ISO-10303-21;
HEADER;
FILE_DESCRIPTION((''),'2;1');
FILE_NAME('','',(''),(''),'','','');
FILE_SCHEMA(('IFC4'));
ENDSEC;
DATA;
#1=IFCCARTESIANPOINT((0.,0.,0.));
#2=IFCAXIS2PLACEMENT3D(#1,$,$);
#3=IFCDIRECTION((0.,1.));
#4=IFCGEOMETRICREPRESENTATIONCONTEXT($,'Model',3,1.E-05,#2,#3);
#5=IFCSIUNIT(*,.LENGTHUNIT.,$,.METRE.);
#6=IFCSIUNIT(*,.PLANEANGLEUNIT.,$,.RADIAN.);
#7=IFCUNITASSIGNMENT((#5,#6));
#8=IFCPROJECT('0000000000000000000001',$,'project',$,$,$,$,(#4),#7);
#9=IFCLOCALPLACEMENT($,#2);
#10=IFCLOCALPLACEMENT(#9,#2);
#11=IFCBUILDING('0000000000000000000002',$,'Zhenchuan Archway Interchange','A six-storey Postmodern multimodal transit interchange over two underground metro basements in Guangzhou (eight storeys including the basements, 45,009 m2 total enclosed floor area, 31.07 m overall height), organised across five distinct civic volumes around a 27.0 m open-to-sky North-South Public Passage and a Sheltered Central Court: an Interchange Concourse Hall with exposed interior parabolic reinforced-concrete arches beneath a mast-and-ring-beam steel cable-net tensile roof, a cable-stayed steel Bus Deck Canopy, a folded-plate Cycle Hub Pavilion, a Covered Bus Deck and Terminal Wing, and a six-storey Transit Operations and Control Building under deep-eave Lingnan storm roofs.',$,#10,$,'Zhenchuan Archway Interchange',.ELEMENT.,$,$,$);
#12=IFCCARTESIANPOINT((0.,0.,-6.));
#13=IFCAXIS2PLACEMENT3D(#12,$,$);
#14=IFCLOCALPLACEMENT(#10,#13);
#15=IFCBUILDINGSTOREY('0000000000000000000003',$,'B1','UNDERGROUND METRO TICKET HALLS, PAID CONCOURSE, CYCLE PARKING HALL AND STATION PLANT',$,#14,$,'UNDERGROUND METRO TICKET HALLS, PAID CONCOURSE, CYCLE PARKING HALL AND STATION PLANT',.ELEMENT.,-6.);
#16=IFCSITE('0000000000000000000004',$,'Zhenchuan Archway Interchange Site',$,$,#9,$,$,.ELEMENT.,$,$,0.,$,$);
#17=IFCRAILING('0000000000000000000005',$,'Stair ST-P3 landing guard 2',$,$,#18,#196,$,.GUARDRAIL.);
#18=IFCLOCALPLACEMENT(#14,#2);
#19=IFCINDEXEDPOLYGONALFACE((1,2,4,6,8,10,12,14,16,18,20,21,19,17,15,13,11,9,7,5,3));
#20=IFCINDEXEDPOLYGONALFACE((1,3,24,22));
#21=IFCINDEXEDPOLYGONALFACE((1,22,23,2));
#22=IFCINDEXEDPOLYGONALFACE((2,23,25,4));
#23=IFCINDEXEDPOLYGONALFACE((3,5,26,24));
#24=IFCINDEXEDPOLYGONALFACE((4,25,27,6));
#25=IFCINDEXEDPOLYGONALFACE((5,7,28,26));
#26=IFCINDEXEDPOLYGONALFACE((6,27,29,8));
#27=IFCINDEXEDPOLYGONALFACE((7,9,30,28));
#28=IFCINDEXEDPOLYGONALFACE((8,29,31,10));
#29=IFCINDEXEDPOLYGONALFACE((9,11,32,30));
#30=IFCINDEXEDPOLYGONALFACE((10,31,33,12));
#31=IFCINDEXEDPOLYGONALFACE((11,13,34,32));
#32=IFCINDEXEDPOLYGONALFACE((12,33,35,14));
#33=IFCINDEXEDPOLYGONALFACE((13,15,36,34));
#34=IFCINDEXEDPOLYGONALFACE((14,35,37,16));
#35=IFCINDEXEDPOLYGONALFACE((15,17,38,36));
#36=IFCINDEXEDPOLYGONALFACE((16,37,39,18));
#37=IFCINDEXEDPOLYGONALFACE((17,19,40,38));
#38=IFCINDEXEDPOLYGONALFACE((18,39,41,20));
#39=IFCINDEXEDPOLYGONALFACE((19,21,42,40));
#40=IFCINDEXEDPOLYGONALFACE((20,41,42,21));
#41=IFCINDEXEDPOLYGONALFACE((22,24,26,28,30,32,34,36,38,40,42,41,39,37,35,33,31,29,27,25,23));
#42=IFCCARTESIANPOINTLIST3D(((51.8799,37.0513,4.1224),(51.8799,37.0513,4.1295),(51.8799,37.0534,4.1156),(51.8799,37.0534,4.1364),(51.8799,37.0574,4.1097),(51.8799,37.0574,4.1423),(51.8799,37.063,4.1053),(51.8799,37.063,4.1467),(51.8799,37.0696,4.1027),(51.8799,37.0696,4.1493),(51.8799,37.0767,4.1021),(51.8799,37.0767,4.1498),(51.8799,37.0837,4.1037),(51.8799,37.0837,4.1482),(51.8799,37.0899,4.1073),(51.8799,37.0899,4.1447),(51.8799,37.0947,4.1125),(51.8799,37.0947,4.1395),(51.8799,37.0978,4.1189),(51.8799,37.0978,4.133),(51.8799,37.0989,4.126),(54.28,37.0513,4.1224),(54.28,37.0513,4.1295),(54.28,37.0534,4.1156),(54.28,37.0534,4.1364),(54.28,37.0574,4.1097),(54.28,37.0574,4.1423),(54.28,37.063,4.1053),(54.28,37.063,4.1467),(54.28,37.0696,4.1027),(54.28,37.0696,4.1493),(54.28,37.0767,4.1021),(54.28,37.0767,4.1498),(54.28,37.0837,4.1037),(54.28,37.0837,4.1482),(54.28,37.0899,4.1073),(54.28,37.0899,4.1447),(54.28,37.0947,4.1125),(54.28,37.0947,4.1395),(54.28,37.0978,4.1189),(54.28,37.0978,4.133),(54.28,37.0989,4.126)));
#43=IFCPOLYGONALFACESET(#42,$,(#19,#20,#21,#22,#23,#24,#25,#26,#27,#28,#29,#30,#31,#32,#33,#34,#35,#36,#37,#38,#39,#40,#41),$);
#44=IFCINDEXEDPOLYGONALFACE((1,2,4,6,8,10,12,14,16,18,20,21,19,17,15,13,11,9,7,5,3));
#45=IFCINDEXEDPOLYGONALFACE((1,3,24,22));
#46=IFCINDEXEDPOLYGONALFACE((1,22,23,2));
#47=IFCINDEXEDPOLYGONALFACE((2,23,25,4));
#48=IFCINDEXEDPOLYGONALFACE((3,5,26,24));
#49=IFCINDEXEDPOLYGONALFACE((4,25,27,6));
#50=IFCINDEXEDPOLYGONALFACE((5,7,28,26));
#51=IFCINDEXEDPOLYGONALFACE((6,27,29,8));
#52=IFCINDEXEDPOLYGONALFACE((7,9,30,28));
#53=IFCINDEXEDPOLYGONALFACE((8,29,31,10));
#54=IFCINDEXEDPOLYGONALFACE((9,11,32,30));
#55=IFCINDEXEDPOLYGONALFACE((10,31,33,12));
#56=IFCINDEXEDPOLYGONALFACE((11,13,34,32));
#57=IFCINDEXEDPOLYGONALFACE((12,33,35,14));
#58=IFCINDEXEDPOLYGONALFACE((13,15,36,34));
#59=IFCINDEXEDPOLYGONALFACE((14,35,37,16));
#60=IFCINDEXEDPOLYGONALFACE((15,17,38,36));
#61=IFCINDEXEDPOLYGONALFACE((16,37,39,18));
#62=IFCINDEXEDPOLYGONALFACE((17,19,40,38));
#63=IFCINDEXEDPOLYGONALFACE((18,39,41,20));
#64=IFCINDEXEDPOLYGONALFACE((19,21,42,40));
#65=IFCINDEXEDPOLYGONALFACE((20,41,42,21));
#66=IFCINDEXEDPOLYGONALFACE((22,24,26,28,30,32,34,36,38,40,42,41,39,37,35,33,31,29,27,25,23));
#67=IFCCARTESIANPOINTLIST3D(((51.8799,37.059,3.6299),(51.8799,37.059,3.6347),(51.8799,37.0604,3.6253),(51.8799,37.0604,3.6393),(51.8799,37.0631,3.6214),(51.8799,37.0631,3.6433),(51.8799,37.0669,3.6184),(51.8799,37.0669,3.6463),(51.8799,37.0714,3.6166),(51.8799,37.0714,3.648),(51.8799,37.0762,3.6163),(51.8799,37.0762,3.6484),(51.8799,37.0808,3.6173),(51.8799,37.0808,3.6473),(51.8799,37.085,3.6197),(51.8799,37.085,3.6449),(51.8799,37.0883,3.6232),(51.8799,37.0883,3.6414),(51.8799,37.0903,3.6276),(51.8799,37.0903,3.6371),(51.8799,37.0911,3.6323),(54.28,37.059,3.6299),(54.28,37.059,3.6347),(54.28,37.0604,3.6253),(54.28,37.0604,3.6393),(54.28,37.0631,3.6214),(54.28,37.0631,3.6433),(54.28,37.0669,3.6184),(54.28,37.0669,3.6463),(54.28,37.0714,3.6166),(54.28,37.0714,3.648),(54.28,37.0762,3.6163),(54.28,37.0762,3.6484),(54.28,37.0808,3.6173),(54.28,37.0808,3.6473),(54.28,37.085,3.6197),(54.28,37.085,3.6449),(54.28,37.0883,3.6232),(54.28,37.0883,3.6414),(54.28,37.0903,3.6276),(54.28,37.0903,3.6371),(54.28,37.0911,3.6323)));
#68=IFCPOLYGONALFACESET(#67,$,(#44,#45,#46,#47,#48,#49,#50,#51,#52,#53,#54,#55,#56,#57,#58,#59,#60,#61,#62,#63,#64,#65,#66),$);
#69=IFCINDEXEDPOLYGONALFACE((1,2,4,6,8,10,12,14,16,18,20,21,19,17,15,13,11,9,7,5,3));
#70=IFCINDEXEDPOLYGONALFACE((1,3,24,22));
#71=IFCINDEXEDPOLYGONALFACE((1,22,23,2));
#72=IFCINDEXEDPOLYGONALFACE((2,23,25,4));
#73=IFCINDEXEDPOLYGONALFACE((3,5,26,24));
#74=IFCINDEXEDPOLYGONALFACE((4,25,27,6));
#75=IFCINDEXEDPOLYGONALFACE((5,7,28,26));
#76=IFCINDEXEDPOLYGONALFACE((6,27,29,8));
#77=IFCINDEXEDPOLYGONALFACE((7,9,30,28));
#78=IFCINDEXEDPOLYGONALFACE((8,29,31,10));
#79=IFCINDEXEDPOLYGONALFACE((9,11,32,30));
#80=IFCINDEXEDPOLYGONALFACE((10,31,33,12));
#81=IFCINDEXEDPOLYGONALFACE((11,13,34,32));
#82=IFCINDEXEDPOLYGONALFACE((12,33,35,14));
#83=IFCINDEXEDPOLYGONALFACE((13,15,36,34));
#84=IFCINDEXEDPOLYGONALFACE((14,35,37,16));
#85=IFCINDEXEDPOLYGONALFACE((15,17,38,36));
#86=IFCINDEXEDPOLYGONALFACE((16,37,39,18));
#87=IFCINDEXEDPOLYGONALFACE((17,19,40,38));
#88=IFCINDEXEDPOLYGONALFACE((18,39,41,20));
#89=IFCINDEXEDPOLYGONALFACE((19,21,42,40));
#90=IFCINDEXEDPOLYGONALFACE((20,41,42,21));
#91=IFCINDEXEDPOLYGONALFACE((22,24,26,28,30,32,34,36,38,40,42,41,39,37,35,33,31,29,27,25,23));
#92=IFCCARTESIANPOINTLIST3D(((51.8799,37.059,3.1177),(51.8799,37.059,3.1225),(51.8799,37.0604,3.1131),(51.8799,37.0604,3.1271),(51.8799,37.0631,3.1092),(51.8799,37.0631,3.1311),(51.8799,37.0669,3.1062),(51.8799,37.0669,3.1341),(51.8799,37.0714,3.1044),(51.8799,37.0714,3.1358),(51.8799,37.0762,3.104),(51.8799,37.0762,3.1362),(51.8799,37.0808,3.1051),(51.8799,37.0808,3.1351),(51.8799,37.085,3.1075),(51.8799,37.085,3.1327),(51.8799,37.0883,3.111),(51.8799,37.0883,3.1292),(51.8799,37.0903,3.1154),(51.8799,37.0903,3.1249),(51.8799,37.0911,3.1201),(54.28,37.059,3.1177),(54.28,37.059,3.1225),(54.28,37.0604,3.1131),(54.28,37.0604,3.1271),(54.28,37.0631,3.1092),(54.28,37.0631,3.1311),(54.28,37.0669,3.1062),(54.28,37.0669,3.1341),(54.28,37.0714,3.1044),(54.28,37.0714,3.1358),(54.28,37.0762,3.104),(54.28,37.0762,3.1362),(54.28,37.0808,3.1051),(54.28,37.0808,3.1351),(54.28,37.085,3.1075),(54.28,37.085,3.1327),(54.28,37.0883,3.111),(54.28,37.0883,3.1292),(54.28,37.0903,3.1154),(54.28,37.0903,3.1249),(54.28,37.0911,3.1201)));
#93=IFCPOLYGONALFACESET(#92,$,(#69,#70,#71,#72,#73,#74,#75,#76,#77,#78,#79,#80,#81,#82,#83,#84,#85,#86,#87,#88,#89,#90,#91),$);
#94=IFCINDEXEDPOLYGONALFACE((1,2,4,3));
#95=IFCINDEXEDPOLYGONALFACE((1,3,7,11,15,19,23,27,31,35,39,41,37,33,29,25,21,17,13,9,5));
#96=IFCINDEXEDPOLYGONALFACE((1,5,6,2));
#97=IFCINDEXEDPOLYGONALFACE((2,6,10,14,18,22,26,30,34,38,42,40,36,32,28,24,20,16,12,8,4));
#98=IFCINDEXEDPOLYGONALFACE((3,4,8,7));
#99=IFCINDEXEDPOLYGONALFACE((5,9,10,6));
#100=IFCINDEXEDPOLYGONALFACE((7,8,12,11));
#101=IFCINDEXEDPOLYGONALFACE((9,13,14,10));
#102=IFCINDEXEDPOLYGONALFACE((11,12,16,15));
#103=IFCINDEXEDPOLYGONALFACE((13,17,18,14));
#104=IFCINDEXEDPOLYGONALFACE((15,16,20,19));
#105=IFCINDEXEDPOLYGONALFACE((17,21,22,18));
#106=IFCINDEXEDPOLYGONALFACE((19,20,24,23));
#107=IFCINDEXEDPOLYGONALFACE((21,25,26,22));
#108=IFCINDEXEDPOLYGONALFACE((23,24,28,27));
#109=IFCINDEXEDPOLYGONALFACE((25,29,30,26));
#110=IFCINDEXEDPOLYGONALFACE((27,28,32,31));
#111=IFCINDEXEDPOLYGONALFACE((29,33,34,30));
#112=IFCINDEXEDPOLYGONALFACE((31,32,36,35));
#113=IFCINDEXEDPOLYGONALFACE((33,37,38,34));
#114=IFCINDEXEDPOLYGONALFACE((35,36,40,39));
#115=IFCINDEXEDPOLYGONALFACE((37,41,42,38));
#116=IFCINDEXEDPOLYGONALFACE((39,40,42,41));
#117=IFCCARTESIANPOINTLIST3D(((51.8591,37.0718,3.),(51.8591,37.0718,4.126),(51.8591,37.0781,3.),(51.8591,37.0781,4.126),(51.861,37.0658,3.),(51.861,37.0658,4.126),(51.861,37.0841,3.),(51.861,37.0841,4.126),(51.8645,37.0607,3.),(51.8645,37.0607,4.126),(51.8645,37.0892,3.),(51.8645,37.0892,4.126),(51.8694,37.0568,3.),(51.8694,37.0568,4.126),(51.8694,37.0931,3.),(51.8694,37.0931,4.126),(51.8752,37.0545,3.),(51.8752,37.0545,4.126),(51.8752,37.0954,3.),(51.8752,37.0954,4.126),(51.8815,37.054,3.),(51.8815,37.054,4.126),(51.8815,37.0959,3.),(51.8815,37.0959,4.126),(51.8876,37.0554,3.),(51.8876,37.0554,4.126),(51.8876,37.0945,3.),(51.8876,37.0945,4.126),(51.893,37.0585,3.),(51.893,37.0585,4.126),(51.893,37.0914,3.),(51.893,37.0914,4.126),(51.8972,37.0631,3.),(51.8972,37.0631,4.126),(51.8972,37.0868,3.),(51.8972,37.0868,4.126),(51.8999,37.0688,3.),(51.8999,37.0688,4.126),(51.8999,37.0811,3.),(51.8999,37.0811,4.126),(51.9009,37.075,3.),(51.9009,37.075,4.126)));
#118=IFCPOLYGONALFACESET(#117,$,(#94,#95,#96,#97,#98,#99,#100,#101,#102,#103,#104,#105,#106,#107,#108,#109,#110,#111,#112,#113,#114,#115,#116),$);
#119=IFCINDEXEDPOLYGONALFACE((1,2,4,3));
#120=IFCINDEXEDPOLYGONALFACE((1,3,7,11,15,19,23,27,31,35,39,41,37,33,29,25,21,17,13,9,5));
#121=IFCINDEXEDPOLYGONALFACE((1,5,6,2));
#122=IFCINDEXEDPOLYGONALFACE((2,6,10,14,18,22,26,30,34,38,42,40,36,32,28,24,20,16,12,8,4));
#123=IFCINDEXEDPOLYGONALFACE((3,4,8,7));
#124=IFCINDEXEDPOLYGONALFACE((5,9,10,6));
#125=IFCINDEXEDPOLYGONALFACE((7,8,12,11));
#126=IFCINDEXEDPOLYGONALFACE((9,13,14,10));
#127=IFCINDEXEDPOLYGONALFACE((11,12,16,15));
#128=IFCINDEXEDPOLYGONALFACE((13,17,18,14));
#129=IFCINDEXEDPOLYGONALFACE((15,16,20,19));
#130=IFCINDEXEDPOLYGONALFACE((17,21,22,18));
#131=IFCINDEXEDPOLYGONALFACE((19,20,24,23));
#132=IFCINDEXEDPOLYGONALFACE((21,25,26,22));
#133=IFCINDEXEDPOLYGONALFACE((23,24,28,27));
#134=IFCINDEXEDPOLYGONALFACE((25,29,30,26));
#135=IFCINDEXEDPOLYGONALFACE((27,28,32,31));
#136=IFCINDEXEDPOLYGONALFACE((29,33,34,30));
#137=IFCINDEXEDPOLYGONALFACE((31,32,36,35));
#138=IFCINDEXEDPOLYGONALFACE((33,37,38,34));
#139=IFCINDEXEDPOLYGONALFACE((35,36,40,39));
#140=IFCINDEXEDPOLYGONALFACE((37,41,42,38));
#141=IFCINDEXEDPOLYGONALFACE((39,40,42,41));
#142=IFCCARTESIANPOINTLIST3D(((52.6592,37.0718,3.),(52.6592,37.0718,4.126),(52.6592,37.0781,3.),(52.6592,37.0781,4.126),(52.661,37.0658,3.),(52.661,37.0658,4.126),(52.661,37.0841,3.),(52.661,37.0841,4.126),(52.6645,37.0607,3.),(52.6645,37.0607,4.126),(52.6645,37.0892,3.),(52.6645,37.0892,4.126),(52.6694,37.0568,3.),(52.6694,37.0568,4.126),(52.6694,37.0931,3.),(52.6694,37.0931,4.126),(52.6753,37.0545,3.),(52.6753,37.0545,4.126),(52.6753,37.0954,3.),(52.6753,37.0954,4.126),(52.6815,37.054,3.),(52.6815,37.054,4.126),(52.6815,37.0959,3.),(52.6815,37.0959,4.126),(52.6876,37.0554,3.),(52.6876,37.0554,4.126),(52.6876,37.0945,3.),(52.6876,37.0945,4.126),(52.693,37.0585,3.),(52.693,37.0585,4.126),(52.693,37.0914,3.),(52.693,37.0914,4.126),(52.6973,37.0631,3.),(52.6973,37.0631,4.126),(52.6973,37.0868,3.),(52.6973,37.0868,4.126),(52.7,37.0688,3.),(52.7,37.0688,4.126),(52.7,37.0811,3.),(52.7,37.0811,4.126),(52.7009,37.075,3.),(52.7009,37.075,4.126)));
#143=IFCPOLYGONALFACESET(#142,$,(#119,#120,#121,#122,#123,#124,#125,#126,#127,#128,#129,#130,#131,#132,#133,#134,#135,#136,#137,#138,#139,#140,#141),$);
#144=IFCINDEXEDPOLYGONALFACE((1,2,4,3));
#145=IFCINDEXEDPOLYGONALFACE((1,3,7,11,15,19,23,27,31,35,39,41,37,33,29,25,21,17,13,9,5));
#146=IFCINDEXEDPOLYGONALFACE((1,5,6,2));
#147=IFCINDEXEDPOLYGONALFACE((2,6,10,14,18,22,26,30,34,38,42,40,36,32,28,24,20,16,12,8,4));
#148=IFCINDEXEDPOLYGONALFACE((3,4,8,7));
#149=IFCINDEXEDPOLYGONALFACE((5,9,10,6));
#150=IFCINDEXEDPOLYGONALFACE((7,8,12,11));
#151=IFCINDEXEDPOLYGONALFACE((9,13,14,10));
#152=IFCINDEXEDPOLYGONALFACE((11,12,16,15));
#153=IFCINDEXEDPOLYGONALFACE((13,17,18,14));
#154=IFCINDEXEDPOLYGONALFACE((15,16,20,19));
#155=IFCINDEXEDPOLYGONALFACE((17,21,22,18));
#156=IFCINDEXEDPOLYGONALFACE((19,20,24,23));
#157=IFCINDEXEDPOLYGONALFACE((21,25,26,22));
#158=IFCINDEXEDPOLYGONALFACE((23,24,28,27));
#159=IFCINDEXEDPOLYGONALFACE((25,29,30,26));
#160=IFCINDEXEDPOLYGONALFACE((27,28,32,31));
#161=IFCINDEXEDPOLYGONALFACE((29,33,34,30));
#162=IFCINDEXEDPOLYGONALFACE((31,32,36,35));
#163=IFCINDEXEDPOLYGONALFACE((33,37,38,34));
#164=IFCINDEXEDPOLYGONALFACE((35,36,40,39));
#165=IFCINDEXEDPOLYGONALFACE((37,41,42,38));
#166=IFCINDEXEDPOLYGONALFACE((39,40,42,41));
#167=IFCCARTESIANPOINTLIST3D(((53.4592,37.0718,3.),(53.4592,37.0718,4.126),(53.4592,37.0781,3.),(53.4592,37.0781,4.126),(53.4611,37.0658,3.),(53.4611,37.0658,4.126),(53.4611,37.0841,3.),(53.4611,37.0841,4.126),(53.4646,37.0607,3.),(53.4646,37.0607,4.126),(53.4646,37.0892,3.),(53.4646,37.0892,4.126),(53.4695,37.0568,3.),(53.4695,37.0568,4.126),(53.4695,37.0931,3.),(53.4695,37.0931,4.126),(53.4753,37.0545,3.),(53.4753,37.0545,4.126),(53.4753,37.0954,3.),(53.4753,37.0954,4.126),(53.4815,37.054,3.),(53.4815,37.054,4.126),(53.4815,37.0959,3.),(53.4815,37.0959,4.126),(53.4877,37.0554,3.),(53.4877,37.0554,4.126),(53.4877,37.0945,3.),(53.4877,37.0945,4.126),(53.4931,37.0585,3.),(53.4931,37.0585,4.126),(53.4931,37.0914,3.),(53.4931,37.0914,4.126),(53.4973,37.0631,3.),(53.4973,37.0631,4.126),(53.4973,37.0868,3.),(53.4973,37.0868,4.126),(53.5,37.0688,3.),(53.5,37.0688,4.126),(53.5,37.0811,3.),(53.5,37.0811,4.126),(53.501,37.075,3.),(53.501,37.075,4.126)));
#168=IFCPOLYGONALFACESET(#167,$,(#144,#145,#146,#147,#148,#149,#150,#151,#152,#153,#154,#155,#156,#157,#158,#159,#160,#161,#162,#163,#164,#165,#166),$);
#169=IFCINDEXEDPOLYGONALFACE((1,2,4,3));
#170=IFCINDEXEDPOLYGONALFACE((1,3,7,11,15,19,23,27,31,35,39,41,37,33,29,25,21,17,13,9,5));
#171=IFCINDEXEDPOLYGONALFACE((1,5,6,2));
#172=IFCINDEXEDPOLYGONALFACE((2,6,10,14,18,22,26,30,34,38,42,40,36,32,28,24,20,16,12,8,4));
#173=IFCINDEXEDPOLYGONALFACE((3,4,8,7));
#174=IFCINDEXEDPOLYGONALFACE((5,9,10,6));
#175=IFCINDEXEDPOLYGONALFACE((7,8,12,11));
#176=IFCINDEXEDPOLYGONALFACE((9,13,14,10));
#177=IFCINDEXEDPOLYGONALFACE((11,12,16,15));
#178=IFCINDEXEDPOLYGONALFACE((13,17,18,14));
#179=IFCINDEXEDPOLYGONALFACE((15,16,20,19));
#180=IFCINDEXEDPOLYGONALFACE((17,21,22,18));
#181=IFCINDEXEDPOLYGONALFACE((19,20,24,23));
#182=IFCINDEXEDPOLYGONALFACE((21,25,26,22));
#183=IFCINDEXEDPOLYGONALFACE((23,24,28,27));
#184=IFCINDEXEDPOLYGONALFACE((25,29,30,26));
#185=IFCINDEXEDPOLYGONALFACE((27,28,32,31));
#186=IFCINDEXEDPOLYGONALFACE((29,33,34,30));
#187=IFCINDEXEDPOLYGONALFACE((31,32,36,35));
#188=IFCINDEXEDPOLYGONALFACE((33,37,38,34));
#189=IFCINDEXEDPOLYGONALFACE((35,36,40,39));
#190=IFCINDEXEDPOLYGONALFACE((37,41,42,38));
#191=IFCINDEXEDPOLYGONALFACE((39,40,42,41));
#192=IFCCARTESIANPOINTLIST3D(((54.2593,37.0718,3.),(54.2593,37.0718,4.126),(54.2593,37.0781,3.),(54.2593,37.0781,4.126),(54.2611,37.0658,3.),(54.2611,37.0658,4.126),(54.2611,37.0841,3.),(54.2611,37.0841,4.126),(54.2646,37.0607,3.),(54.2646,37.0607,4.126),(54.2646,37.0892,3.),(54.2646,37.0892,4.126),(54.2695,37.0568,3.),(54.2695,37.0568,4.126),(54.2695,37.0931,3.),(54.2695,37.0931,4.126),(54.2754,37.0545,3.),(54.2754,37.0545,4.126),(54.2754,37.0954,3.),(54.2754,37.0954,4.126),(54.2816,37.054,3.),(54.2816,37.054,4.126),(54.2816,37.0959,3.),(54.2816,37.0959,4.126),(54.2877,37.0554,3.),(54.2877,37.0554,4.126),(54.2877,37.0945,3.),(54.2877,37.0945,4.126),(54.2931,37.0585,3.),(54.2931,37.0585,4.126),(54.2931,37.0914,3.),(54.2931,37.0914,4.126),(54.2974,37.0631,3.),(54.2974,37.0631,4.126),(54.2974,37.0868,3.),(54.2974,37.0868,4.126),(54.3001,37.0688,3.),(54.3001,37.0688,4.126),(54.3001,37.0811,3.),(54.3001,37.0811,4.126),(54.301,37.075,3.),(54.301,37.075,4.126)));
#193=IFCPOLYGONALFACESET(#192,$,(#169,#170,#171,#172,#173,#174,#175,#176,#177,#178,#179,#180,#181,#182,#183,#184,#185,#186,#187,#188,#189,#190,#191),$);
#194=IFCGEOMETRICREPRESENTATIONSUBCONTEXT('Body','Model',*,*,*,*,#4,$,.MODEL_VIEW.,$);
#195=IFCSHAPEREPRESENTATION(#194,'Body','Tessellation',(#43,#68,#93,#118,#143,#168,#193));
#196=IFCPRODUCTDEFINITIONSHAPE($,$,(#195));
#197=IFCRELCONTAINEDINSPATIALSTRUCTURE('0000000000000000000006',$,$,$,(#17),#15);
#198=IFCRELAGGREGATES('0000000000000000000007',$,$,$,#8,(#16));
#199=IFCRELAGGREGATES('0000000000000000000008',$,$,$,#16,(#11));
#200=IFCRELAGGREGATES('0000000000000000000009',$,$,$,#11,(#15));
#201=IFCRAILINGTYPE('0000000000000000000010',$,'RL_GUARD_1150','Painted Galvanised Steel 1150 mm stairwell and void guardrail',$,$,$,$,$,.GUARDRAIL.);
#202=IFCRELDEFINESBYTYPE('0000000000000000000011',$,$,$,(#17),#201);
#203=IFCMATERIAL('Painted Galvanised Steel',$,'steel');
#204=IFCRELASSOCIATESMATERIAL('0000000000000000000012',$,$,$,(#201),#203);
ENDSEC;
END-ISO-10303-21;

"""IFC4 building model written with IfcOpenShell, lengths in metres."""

from ifc_helpers import new_model, si_unit, direction, frame, origin, origin_2d, place, context, subcontext, project, spatial, circle, extrude, material, type_object, element, save


model = new_model("IFC4")

# Units and contexts
model_context = context("Model", 3, precision=1e-05, world=origin(), true_north=direction((0.0, 1.0)))
body_context = subcontext(model_context, "Body", "Model", "MODEL_VIEW")
ifc_project = project(units=[si_unit("LENGTHUNIT", "METRE"), si_unit("PLANEANGLEUNIT", "RADIAN")], contexts=[model_context])

# Site, building, storey
site_placement = place(None, origin())
site = spatial("IfcSite", under=ifc_project, at=site_placement, Name="Zhenchuan Archway Interchange Site", CompositionType="ELEMENT", RefElevation=0.0)
building_placement = place(site_placement, origin())
building = spatial("IfcBuilding", under=site, at=building_placement, Name="Zhenchuan Archway Interchange", Description="A six-storey Postmodern multimodal transit interchange over two underground metro basements in Guangzhou (eight storeys including the basements, 45,009 m2 total enclosed floor area, 31.07 m overall height), organised across five distinct civic volumes around a 27.0 m open-to-sky North-South Public Passage and a Sheltered Central Court: an Interchange Concourse Hall with exposed interior parabolic reinforced-concrete arches beneath a mast-and-ring-beam steel cable-net tensile roof, a cable-stayed steel Bus Deck Canopy, a folded-plate Cycle Hub Pavilion, a Covered Bus Deck and Terminal Wing, and a six-storey Transit Operations and Control Building under deep-eave Lingnan storm roofs.", LongName="Zhenchuan Archway Interchange", CompositionType="ELEMENT")
storey_placement = place(building_placement, frame((0.0, 0.0, -6.0)))
storey = spatial("IfcBuildingStorey", under=building, at=storey_placement, Name="B1", Description="UNDERGROUND METRO TICKET HALLS, PAID CONCOURSE, CYCLE PARKING HALL AND STATION PLANT", LongName="UNDERGROUND METRO TICKET HALLS, PAID CONCOURSE, CYCLE PARKING HALL AND STATION PLANT", CompositionType="ELEMENT", Elevation=-6.0)

# Railing
ifc_material_1 = material(Name="Painted Galvanised Steel", Category="steel")
railing_type_1 = type_object("IfcRailingType", Name="RL_GUARD_1150", Description="Painted Galvanised Steel 1150 mm stairwell and void guardrail", PredefinedType="GUARDRAIL", material=ifc_material_1)
for number, where, name in (
    (1, (51.8799, 37.075, 3.0), "Stair ST-P3 landing guard 2"),
):
    element("IfcRailing", number, at=place(storey_placement, frame(where)), inside=storey, type_object=railing_type_1, Name=name, PredefinedType="GUARDRAIL", context=body_context, shape_type="SweptSolid", body=[
        extrude(circle(Radius=0.0239, at=origin_2d()), frame((0.0, 0.0, 1.126), z_axis=(1.0, 0.0, 0.0), x_axis=(0.0, 1.0, 0.0)), (0.0, 0.0, 1.0), 2.4001),
        extrude(circle(Radius=0.0161, at=origin_2d()), frame((0.0, 0.0, 0.6323), z_axis=(1.0, 0.0, 0.0), x_axis=(0.0, 1.0, 0.0)), (0.0, 0.0, 1.0), 2.4001),
        extrude(circle(Radius=0.0161, at=origin_2d()), frame((0.0, 0.0, 0.1201), z_axis=(1.0, 0.0, 0.0), x_axis=(0.0, 1.0, 0.0)), (0.0, 0.0, 1.0), 2.4001),
        extrude(circle(Radius=0.021, at=origin_2d()), origin(), (0.0, 0.0, 1.0), 1.126),
        extrude(circle(Radius=0.021, at=origin_2d()), frame((0.8, 0.0, 0.0)), (0.0, 0.0, 1.0), 1.126),
        extrude(circle(Radius=0.021, at=origin_2d()), frame((1.6001, 0.0, 0.0)), (0.0, 0.0, 1.0), 1.126),
        extrude(circle(Radius=0.021, at=origin_2d()), frame((2.4001, 0.0, 0.0)), (0.0, 0.0, 1.0), 1.126),
    ])

save(model, "model.ifc")
